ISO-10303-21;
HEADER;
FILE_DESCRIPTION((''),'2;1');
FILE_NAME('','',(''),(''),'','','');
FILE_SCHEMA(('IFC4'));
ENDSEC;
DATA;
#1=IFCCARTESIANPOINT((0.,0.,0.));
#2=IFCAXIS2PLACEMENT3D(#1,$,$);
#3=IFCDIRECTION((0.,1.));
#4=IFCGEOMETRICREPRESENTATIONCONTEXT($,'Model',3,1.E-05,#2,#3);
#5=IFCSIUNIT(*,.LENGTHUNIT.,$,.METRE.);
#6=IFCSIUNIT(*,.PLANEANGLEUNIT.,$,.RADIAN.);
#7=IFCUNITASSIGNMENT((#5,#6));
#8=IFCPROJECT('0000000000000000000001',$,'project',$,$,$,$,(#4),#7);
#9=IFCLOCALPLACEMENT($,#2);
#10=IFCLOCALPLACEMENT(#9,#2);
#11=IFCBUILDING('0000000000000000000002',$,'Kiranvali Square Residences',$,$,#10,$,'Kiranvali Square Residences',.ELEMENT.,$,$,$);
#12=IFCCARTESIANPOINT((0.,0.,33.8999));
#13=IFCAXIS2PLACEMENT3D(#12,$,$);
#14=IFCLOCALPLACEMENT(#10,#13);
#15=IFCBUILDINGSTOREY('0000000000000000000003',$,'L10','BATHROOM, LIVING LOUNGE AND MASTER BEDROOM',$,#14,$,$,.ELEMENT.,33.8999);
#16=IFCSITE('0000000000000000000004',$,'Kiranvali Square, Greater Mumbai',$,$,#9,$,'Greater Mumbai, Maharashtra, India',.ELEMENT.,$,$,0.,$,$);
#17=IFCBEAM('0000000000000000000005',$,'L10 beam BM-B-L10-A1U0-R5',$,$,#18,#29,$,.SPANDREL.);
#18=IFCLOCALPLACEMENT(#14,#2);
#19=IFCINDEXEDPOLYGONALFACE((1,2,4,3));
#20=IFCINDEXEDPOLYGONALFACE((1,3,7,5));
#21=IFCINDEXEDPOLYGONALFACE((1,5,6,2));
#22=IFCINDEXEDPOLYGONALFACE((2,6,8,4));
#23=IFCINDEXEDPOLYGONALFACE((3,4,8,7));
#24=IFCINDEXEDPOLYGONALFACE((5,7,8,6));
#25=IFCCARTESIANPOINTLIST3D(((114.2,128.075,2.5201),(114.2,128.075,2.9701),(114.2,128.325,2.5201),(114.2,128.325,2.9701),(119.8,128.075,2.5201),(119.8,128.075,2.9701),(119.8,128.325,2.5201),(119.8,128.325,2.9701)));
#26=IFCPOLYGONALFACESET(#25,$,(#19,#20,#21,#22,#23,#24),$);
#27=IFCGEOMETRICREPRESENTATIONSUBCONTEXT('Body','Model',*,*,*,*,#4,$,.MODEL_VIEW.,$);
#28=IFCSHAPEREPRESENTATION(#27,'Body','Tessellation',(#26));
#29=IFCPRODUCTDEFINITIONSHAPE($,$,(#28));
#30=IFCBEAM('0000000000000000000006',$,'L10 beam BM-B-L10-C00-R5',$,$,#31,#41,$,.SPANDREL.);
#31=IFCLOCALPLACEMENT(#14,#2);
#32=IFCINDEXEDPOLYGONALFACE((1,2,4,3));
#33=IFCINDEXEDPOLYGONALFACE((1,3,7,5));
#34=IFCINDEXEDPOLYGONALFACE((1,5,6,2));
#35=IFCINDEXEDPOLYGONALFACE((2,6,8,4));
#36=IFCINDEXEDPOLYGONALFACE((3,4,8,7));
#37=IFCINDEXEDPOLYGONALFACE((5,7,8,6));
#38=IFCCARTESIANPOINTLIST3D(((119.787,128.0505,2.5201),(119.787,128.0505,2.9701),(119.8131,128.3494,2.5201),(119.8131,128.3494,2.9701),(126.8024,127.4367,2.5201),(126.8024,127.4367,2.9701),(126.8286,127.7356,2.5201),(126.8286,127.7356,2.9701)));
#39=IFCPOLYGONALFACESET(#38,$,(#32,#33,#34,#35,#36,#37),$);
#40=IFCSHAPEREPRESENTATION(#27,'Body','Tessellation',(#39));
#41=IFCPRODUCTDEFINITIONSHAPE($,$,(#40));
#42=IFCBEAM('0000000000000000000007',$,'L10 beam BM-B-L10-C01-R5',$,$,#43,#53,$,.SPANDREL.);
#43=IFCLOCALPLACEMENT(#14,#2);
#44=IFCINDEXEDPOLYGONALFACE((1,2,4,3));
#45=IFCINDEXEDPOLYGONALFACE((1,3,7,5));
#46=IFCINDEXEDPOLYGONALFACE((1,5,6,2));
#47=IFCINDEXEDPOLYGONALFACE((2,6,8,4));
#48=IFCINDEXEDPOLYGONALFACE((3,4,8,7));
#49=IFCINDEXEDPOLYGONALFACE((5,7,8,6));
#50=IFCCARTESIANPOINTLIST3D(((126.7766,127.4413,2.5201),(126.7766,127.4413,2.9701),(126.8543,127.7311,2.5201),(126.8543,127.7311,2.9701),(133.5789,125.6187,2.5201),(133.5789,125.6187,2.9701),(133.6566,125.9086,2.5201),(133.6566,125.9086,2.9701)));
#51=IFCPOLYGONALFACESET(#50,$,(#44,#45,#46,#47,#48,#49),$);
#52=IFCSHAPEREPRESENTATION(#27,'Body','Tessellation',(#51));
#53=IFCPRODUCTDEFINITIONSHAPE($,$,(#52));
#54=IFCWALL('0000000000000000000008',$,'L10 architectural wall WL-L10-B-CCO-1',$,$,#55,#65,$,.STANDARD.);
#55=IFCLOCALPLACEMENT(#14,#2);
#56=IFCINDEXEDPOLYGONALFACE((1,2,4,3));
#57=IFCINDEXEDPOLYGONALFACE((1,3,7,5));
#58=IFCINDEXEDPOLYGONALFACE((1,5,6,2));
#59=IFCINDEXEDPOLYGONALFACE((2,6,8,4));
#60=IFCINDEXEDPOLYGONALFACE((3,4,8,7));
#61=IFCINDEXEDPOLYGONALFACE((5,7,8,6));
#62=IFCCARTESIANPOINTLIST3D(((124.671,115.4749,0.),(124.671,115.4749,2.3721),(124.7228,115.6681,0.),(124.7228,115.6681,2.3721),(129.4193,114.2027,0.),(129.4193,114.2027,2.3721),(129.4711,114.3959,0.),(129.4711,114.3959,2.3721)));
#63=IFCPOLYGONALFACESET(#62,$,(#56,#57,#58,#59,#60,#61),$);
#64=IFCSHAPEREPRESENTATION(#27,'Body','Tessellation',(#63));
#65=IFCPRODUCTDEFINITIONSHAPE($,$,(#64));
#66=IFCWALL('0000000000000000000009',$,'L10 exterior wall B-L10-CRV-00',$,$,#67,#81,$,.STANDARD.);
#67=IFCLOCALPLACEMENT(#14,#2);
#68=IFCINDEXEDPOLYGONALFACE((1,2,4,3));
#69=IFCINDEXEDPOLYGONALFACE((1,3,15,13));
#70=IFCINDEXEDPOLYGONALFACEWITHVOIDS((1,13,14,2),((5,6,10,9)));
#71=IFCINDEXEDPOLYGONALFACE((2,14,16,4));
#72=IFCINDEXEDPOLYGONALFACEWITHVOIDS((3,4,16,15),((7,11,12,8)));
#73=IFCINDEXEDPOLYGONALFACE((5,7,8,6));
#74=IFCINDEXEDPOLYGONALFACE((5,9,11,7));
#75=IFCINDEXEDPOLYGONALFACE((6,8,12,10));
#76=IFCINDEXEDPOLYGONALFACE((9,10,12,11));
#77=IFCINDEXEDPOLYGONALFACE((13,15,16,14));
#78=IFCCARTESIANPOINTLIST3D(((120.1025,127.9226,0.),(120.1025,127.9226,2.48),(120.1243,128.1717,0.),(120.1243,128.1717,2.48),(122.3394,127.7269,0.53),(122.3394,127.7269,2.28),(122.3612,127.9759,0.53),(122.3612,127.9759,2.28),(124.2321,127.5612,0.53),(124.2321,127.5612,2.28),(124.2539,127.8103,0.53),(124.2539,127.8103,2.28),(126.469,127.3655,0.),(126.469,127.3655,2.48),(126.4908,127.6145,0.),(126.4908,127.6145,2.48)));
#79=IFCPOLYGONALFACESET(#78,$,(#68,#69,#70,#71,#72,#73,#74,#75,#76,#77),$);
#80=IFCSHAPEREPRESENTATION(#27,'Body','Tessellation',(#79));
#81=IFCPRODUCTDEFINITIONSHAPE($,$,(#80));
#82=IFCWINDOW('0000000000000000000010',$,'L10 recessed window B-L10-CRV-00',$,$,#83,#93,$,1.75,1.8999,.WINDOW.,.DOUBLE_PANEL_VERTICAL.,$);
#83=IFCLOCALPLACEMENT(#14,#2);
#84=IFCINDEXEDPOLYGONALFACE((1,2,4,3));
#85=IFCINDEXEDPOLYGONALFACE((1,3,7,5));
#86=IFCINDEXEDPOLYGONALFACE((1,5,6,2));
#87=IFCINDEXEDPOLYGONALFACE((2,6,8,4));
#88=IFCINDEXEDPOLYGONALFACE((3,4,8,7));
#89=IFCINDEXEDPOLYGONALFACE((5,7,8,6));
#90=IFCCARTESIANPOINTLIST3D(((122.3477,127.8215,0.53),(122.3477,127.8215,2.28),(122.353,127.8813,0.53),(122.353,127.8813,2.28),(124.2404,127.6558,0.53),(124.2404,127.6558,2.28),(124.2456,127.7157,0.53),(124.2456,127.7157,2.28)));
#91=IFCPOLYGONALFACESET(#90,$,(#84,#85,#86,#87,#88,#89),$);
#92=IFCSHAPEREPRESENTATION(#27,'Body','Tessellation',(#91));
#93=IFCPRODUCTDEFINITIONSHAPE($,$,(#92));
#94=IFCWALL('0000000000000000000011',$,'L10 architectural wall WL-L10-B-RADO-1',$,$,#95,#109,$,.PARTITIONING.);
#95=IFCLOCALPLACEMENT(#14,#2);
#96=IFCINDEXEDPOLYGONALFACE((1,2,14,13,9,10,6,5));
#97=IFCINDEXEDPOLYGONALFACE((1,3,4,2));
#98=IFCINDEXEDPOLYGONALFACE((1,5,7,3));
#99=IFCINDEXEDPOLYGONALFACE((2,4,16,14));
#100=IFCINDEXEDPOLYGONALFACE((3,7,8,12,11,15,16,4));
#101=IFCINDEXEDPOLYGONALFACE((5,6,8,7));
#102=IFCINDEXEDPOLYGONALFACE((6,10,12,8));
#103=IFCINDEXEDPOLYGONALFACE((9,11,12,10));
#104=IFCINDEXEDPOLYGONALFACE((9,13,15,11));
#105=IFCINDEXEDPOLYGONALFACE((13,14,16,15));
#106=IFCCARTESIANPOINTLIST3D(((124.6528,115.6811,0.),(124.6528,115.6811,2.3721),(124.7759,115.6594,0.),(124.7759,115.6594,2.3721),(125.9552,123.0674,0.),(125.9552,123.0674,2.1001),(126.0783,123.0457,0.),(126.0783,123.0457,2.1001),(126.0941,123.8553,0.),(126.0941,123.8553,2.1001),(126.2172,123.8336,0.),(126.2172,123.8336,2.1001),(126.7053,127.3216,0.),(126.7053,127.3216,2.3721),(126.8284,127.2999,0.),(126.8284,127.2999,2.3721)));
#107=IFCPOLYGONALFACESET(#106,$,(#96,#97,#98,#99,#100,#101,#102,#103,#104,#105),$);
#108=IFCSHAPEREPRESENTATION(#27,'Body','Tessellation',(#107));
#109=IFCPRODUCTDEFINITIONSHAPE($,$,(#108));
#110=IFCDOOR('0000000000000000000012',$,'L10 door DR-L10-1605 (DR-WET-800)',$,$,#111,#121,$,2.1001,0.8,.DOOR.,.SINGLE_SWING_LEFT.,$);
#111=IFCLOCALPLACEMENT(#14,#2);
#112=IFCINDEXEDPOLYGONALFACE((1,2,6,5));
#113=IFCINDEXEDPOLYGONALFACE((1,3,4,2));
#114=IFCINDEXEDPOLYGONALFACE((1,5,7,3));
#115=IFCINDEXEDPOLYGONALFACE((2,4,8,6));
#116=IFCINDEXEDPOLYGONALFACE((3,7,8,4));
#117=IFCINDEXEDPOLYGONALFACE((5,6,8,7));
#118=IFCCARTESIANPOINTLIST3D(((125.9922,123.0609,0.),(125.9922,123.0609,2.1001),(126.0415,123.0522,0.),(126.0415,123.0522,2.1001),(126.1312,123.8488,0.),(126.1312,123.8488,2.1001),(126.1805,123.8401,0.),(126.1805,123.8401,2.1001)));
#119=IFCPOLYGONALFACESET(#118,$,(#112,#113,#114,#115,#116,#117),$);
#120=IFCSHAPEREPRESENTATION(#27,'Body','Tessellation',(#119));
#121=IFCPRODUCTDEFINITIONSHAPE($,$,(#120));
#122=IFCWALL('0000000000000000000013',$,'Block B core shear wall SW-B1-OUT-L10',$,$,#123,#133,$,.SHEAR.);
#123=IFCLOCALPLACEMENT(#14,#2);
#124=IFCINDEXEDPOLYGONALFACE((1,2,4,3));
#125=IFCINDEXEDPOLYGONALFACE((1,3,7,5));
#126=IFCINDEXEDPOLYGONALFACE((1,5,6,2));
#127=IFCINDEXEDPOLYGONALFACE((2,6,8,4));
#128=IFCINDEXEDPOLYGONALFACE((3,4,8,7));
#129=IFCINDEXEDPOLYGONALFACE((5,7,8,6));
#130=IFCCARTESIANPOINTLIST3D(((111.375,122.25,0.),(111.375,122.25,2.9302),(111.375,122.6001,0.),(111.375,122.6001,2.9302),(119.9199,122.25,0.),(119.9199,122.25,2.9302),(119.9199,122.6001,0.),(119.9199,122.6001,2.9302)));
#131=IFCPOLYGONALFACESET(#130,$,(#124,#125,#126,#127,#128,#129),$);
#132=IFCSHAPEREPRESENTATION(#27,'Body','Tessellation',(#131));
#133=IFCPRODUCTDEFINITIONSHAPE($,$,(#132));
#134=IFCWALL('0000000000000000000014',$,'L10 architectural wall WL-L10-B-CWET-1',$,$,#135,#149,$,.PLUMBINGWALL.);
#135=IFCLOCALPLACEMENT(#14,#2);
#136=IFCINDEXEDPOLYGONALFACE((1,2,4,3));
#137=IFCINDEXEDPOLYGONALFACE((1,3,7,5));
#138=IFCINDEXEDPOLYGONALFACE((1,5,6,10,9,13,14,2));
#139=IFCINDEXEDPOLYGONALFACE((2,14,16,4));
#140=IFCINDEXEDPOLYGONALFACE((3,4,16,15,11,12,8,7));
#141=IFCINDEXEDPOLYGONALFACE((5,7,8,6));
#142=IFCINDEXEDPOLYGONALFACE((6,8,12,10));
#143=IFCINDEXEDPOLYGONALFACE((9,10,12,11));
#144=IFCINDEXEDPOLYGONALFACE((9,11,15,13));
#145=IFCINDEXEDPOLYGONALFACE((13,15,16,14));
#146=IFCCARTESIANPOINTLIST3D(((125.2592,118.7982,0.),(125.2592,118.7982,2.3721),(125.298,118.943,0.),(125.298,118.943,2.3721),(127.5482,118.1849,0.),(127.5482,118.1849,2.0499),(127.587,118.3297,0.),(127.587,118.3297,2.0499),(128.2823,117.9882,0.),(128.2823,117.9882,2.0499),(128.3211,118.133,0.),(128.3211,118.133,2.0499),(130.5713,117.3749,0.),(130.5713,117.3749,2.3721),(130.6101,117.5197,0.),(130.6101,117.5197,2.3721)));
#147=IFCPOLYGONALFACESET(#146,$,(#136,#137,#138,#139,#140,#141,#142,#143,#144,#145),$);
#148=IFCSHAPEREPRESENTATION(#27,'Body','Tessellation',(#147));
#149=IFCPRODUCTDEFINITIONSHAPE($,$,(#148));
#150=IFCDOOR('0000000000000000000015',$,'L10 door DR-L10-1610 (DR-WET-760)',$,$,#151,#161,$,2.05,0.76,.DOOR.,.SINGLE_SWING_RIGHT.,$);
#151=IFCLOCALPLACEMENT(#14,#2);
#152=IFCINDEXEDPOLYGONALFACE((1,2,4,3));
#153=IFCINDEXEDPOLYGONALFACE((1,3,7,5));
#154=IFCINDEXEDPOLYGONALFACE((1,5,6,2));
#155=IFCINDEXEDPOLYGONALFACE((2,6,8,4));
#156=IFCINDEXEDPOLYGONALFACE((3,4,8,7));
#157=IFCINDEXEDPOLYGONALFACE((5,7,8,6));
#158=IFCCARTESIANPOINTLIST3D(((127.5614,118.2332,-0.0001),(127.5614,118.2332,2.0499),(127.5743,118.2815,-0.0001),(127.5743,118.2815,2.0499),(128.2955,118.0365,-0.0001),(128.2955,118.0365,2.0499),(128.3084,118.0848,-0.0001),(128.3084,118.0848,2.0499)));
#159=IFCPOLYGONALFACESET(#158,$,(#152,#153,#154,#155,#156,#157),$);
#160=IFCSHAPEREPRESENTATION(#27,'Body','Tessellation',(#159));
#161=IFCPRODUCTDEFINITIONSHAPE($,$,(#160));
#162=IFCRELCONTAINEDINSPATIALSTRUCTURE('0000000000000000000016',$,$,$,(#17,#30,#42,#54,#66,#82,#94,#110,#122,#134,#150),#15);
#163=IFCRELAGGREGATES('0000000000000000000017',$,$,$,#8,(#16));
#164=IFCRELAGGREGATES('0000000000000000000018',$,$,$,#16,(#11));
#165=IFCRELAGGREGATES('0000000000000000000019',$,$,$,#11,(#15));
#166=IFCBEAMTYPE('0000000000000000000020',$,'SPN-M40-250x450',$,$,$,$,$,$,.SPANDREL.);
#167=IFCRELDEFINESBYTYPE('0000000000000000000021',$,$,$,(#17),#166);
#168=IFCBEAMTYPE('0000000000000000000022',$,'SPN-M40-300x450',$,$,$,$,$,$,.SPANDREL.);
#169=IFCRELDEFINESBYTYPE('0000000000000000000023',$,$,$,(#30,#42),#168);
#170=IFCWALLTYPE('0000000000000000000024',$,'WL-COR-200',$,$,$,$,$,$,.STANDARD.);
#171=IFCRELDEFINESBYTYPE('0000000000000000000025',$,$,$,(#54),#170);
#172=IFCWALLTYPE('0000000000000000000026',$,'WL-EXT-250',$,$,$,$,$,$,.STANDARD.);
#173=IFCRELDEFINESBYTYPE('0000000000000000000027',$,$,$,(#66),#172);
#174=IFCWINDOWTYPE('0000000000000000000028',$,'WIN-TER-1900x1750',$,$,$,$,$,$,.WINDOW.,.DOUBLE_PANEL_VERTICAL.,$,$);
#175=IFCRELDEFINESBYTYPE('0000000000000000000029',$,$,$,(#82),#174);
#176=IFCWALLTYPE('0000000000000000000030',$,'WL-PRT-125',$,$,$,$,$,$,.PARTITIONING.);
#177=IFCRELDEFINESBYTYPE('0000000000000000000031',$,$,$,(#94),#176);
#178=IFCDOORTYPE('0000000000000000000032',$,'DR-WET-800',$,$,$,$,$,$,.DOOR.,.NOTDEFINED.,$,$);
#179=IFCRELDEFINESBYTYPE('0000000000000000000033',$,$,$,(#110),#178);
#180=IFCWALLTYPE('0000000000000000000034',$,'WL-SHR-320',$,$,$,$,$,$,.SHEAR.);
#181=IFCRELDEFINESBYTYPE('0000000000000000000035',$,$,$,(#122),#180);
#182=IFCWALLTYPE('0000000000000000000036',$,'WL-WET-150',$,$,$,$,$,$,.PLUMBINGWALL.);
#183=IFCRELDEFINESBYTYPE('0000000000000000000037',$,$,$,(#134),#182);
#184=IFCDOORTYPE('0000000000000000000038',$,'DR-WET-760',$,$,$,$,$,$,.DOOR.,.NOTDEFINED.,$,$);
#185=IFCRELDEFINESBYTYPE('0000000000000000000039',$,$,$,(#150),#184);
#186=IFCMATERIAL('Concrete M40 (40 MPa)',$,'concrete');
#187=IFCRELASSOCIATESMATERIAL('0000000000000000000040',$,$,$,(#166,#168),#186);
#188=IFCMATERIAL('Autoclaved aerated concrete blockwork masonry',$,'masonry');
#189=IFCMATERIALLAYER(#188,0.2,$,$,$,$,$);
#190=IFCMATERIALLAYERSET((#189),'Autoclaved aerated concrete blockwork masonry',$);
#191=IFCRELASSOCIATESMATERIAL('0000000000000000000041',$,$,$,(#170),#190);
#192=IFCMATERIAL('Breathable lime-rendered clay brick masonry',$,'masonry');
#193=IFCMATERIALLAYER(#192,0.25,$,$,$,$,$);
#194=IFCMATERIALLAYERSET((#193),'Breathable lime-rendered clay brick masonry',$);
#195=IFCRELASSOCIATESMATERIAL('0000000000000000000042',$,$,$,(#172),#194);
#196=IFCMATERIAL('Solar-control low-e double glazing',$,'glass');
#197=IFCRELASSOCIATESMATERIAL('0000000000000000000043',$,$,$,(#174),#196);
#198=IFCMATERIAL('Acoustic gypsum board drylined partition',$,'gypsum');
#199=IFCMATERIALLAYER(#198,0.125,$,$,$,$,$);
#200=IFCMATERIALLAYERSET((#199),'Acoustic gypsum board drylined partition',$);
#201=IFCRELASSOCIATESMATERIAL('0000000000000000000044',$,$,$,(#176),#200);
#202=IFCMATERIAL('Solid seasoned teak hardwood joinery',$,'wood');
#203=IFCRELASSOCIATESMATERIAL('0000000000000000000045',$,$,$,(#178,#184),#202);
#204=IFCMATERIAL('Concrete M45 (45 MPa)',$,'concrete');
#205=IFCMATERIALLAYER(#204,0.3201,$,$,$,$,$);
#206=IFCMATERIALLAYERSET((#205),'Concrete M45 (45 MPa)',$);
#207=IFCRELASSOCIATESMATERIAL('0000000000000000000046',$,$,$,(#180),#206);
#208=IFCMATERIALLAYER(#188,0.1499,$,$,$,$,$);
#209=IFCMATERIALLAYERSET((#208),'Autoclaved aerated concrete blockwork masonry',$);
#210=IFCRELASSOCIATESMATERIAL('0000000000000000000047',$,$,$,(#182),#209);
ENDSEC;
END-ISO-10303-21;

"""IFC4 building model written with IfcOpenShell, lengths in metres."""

from ifc_helpers import new_model, si_unit, direction, frame, frame_2d, origin, origin_2d, place, context, subcontext, project, spatial, rectangle, extrude, material, layer, layer_set, material_profile, profile_set, type_object, element, fill, save


model = new_model("IFC4")

# Units and contexts
model_context = context("Model", 3, precision=1e-05, world=origin(), true_north=direction((0.0, 1.0)))
body_context = subcontext(model_context, "Body", "Model", "MODEL_VIEW")
ifc_project = project(units=[si_unit("LENGTHUNIT", "METRE"), si_unit("PLANEANGLEUNIT", "RADIAN")], contexts=[model_context])

# Site, building, storey
site_placement = place(None, origin())
site = spatial("IfcSite", under=ifc_project, at=site_placement, Name="Kiranvali Square, Greater Mumbai", LongName="Greater Mumbai, Maharashtra, India", CompositionType="ELEMENT", RefElevation=0.0)
building_placement = place(site_placement, origin())
building = spatial("IfcBuilding", under=site, at=building_placement, Name="Kiranvali Square Residences", LongName="Kiranvali Square Residences", CompositionType="ELEMENT")
storey_placement = place(building_placement, frame((0.0, 0.0, 33.8999)))
storey = spatial("IfcBuildingStorey", under=building, at=storey_placement, Name="L10", Description="BATHROOM, LIVING LOUNGE AND MASTER BEDROOM", CompositionType="ELEMENT", Elevation=33.8999)

# Shared definitions
ifc_material_1 = material(Name="Concrete M40 (40 MPa)", Category="concrete")

# Beams
ifc_material_2 = material(Name="Concrete M45 (45 MPa)", Category="concrete")
ifc_material_profile_1 = material_profile(ifc_material_1, rectangle(XDim=0.25, YDim=0.45, at=origin_2d()), Name="RC 250x450")
ifc_profile_set_1 = profile_set([ifc_material_profile_1], Name="Concrete M40 (40 MPa)")
beam_type_1 = type_object("IfcBeamType", Name="SPN-M40-250x450", PredefinedType="SPANDREL", material=ifc_profile_set_1)
beam_1_placement = place(storey_placement, frame((119.8, 128.2, 2.7451), z_axis=(-1.0, 0.0, 0.0), x_axis=(0.0, -1.0, 0.0)))
element("IfcBeam", 1, at=beam_1_placement, inside=storey, type_object=beam_type_1, Name="L10 beam BM-B-L10-A1U0-R5", PredefinedType="SPANDREL", context=body_context, shape_type="SweptSolid", body=[
    extrude(rectangle(XDim=0.25, YDim=0.45, at=origin_2d()), origin(), (0.0, 0.0, 1.0), 5.6001),
])
ifc_material_profile_2 = material_profile(ifc_material_1, rectangle(XDim=0.3, YDim=0.45, at=origin_2d()), Name="RC 300x450")
ifc_profile_set_2 = profile_set([ifc_material_profile_2], Name="Concrete M40 (40 MPa)")
beam_type_2 = type_object("IfcBeamType", Name="SPN-M40-300x450", PredefinedType="SPANDREL", material=ifc_profile_set_2)
for number, where, z_axis, x_axis, name in (
    (2, (119.8, 128.2, 2.7451), (0.996195, -0.087156, 0.0), (0.087156, 0.996195, 0.0), "L10 beam BM-B-L10-C00-R5"),
    (3, (126.8154, 127.5862, 2.7451), (0.965931, -0.2588, 0.0), (0.2588, 0.965931, 0.0), "L10 beam BM-B-L10-C01-R5"),
):
    element("IfcBeam", number, at=place(storey_placement, frame(where, z_axis=z_axis, x_axis=x_axis)), inside=storey, type_object=beam_type_2, Name=name, PredefinedType="SPANDREL", context=body_context, shape_type="SweptSolid", body=[
        extrude(rectangle(XDim=0.3, YDim=0.45, at=origin_2d()), origin(), (0.0, 0.0, 1.0), 7.0422),
    ])

# Wall
ifc_material_3 = material(Name="Autoclaved aerated concrete blockwork masonry", Category="masonry")
ifc_layer_1 = layer(ifc_material_3, 0.2)
ifc_layer_set_1 = layer_set([ifc_layer_1], Name="Autoclaved aerated concrete blockwork masonry")
wall_type_1 = type_object("IfcWallType", Name="WL-COR-200", PredefinedType="STANDARD", material=ifc_layer_set_1)
wall_1_placement = place(storey_placement, frame((124.6968, 115.5715, 0.0), z_axis=(0.0, 0.0, 1.0), x_axis=(0.96593, -0.258803, 0.0)))
element("IfcWall", 4, at=wall_1_placement, inside=storey, type_object=wall_type_1, Name="L10 architectural wall WL-L10-B-CCO-1", PredefinedType="STANDARD", context=body_context, shape_type="SweptSolid", body=[
    extrude(rectangle(XDim=4.9158, YDim=0.2, at=frame_2d((2.458, 0.0))), origin(), (0.0, 0.0, 1.0), 2.3721),
])

# Wall, opening, window
ifc_material_4 = material(Name="Breathable lime-rendered clay brick masonry", Category="masonry")
ifc_layer_2 = layer(ifc_material_4, 0.25)
ifc_layer_set_2 = layer_set([ifc_layer_2], Name="Breathable lime-rendered clay brick masonry")
wall_type_2 = type_object("IfcWallType", Name="WL-EXT-250", PredefinedType="STANDARD", material=ifc_layer_set_2)
wall_2_placement = place(storey_placement, frame((120.1135, 128.0471, 0.0), z_axis=(0.0, 0.0, 1.0), x_axis=(0.996193, -0.087177, 0.0)))
wall_2 = element("IfcWall", 5, at=wall_2_placement, inside=storey, type_object=wall_type_2, Name="L10 exterior wall B-L10-CRV-00", PredefinedType="STANDARD", context=body_context, shape_type="SweptSolid", body=[
    extrude(rectangle(XDim=6.3909, YDim=0.25, at=frame_2d((3.1953, 0.0))), origin(), (0.0, 0.0, 1.0), 2.48),
])
opening_1_placement = place(wall_2_placement, frame((2.2454, 0.0, 0.53)))
opening_1 = element("IfcOpeningElement", 6, at=opening_1_placement, cuts=wall_2, PredefinedType="OPENING", context=body_context, shape_type="SweptSolid", body=[
    extrude(rectangle(XDim=1.8999, YDim=1.75, at=frame_2d((0.95, 0.875))), frame((0.0, 0.135, 0.0), z_axis=(0.0, -1.0, 0.0), x_axis=(1.0, 0.0, 0.0)), (0.0, 0.0, 1.0), 0.27),
])
ifc_material_5 = material(Name="Solar-control low-e double glazing", Category="glass")
window_type_1 = type_object("IfcWindowType", Name="WIN-TER-1900x1750", PartitioningType="DOUBLE_PANEL_VERTICAL", PredefinedType="WINDOW", material=ifc_material_5)
window_1_placement = place(opening_1_placement, origin())
window_1 = element("IfcWindow", 7, at=window_1_placement, inside=storey, type_object=window_type_1, Name="L10 recessed window B-L10-CRV-00", OverallHeight=1.75, OverallWidth=1.8999, PartitioningType="DOUBLE_PANEL_VERTICAL", PredefinedType="WINDOW", context=body_context, shape_type="SweptSolid", body=[
    extrude(rectangle(XDim=1.8999, YDim=1.75, at=frame_2d((0.95, 0.875))), frame((0.0, 0.03, 0.0), z_axis=(0.0, -1.0, 0.0), x_axis=(1.0, 0.0, 0.0)), (0.0, 0.0, 1.0), 0.0601),
])
fill(opening_1, window_1)

# Wall, opening, door
ifc_material_6 = material(Name="Acoustic gypsum board drylined partition", Category="gypsum")
ifc_layer_3 = layer(ifc_material_6, 0.125)
ifc_layer_set_3 = layer_set([ifc_layer_3], Name="Acoustic gypsum board drylined partition")
wall_type_3 = type_object("IfcWallType", Name="WL-PRT-125", PredefinedType="PARTITIONING", material=ifc_layer_set_3)
wall_3_placement = place(storey_placement, frame((124.7144, 115.6702, 0.0), z_axis=(0.0, 0.0, 1.0), x_axis=(0.173646, 0.984808, 0.0)))
wall_3 = element("IfcWall", 8, at=wall_3_placement, inside=storey, type_object=wall_type_3, Name="L10 architectural wall WL-L10-B-RADO-1", PredefinedType="PARTITIONING", context=body_context, shape_type="SweptSolid", body=[
    extrude(rectangle(XDim=11.8201, YDim=0.125, at=frame_2d((5.9102, 0.0))), origin(), (0.0, 0.0, 1.0), 2.3721),
])
opening_2_placement = place(wall_3_placement, frame((7.5005, 0.0, 0.0)))
opening_2 = element("IfcOpeningElement", 9, at=opening_2_placement, cuts=wall_3, PredefinedType="OPENING", context=body_context, shape_type="SweptSolid", body=[
    extrude(rectangle(XDim=0.8, YDim=2.1001, at=frame_2d((0.3999, 1.05))), frame((0.0, 0.0725, 0.0), z_axis=(0.0, -1.0, 0.0), x_axis=(1.0, 0.0, 0.0)), (0.0, 0.0, 1.0), 0.145),
])
ifc_material_7 = material(Name="Solid seasoned teak hardwood joinery", Category="wood")
door_type_1 = type_object("IfcDoorType", Name="DR-WET-800", OperationType="NOTDEFINED", PredefinedType="DOOR", material=ifc_material_7)
door_1_placement = place(opening_2_placement, origin())
door_1 = element("IfcDoor", 10, at=door_1_placement, inside=storey, type_object=door_type_1, Name="L10 door DR-L10-1605 (DR-WET-800)", OperationType="SINGLE_SWING_LEFT", OverallHeight=2.1001, OverallWidth=0.8, PredefinedType="DOOR", context=body_context, shape_type="SweptSolid", body=[
    extrude(rectangle(XDim=0.8, YDim=2.1001, at=frame_2d((0.3999, 1.05))), frame((0.0, 0.0249, 0.0), z_axis=(0.0, -1.0, 0.0), x_axis=(1.0, 0.0, 0.0)), (0.0, 0.0, 1.0), 0.05),
])
fill(opening_2, door_1)

# Wall
ifc_layer_4 = layer(ifc_material_2, 0.3201)
ifc_layer_set_4 = layer_set([ifc_layer_4], Name="Concrete M45 (45 MPa)")
wall_type_4 = type_object("IfcWallType", Name="WL-SHR-320", PredefinedType="SHEAR", material=ifc_layer_set_4)
wall_4_placement = place(storey_placement, frame((119.9199, 122.425, 0.0), z_axis=(0.0, 0.0, 1.0), x_axis=(-1.0, 0.0, 0.0)))
element("IfcWall", 11, at=wall_4_placement, inside=storey, type_object=wall_type_4, Name="Block B core shear wall SW-B1-OUT-L10", PredefinedType="SHEAR", context=body_context, shape_type="SweptSolid", body=[
    extrude(rectangle(XDim=8.5449, YDim=0.3501, at=frame_2d((4.2725, 0.0))), origin(), (0.0, 0.0, 1.0), 2.9302),
])

# Wall, opening, door
ifc_layer_5 = layer(ifc_material_3, 0.1499)
ifc_layer_set_5 = layer_set([ifc_layer_5], Name="Autoclaved aerated concrete blockwork masonry")
wall_type_5 = type_object("IfcWallType", Name="WL-WET-150", PredefinedType="PLUMBINGWALL", material=ifc_layer_set_5)
wall_5_placement = place(storey_placement, frame((125.2786, 118.8706, 0.0), z_axis=(0.0, 0.0, 1.0), x_axis=(0.965929, -0.258806, 0.0)))
wall_5 = element("IfcWall", 12, at=wall_5_placement, inside=storey, type_object=wall_type_5, Name="L10 architectural wall WL-L10-B-CWET-1", PredefinedType="PLUMBINGWALL", context=body_context, shape_type="SweptSolid", body=[
    extrude(rectangle(XDim=5.4995, YDim=0.1499, at=frame_2d((2.7498, 0.0))), origin(), (0.0, 0.0, 1.0), 2.3721),
])
opening_3_placement = place(wall_5_placement, frame((2.3699, 0.0, 0.0)))
opening_3 = element("IfcOpeningElement", 13, at=opening_3_placement, cuts=wall_5, PredefinedType="OPENING", context=body_context, shape_type="SweptSolid", body=[
    extrude(rectangle(XDim=0.76, YDim=2.05, at=frame_2d((0.3799, 1.0249))), frame((0.0, 0.085, 0.0), z_axis=(0.0, -1.0, 0.0), x_axis=(1.0, 0.0, 0.0)), (0.0, 0.0, 1.0), 0.1699),
])
door_type_2 = type_object("IfcDoorType", Name="DR-WET-760", OperationType="NOTDEFINED", PredefinedType="DOOR", material=ifc_material_7)
door_2_placement = place(opening_3_placement, frame((0.76, 0.0, 0.0), z_axis=(0.0, 0.0, 1.0), x_axis=(-1.0, 0.0, 0.0)))
door_2 = element("IfcDoor", 14, at=door_2_placement, inside=storey, type_object=door_type_2, Name="L10 door DR-L10-1610 (DR-WET-760)", OperationType="SINGLE_SWING_RIGHT", OverallHeight=2.05, OverallWidth=0.76, PredefinedType="DOOR", context=body_context, shape_type="SweptSolid", body=[
    extrude(rectangle(XDim=0.76, YDim=2.05, at=frame_2d((0.3799, 1.0249))), frame((0.0, 0.0249, 0.0), z_axis=(0.0, -1.0, 0.0), x_axis=(1.0, 0.0, 0.0)), (0.0, 0.0, 1.0), 0.05),
])
fill(opening_3, door_2)

save(model, "model.ifc")
